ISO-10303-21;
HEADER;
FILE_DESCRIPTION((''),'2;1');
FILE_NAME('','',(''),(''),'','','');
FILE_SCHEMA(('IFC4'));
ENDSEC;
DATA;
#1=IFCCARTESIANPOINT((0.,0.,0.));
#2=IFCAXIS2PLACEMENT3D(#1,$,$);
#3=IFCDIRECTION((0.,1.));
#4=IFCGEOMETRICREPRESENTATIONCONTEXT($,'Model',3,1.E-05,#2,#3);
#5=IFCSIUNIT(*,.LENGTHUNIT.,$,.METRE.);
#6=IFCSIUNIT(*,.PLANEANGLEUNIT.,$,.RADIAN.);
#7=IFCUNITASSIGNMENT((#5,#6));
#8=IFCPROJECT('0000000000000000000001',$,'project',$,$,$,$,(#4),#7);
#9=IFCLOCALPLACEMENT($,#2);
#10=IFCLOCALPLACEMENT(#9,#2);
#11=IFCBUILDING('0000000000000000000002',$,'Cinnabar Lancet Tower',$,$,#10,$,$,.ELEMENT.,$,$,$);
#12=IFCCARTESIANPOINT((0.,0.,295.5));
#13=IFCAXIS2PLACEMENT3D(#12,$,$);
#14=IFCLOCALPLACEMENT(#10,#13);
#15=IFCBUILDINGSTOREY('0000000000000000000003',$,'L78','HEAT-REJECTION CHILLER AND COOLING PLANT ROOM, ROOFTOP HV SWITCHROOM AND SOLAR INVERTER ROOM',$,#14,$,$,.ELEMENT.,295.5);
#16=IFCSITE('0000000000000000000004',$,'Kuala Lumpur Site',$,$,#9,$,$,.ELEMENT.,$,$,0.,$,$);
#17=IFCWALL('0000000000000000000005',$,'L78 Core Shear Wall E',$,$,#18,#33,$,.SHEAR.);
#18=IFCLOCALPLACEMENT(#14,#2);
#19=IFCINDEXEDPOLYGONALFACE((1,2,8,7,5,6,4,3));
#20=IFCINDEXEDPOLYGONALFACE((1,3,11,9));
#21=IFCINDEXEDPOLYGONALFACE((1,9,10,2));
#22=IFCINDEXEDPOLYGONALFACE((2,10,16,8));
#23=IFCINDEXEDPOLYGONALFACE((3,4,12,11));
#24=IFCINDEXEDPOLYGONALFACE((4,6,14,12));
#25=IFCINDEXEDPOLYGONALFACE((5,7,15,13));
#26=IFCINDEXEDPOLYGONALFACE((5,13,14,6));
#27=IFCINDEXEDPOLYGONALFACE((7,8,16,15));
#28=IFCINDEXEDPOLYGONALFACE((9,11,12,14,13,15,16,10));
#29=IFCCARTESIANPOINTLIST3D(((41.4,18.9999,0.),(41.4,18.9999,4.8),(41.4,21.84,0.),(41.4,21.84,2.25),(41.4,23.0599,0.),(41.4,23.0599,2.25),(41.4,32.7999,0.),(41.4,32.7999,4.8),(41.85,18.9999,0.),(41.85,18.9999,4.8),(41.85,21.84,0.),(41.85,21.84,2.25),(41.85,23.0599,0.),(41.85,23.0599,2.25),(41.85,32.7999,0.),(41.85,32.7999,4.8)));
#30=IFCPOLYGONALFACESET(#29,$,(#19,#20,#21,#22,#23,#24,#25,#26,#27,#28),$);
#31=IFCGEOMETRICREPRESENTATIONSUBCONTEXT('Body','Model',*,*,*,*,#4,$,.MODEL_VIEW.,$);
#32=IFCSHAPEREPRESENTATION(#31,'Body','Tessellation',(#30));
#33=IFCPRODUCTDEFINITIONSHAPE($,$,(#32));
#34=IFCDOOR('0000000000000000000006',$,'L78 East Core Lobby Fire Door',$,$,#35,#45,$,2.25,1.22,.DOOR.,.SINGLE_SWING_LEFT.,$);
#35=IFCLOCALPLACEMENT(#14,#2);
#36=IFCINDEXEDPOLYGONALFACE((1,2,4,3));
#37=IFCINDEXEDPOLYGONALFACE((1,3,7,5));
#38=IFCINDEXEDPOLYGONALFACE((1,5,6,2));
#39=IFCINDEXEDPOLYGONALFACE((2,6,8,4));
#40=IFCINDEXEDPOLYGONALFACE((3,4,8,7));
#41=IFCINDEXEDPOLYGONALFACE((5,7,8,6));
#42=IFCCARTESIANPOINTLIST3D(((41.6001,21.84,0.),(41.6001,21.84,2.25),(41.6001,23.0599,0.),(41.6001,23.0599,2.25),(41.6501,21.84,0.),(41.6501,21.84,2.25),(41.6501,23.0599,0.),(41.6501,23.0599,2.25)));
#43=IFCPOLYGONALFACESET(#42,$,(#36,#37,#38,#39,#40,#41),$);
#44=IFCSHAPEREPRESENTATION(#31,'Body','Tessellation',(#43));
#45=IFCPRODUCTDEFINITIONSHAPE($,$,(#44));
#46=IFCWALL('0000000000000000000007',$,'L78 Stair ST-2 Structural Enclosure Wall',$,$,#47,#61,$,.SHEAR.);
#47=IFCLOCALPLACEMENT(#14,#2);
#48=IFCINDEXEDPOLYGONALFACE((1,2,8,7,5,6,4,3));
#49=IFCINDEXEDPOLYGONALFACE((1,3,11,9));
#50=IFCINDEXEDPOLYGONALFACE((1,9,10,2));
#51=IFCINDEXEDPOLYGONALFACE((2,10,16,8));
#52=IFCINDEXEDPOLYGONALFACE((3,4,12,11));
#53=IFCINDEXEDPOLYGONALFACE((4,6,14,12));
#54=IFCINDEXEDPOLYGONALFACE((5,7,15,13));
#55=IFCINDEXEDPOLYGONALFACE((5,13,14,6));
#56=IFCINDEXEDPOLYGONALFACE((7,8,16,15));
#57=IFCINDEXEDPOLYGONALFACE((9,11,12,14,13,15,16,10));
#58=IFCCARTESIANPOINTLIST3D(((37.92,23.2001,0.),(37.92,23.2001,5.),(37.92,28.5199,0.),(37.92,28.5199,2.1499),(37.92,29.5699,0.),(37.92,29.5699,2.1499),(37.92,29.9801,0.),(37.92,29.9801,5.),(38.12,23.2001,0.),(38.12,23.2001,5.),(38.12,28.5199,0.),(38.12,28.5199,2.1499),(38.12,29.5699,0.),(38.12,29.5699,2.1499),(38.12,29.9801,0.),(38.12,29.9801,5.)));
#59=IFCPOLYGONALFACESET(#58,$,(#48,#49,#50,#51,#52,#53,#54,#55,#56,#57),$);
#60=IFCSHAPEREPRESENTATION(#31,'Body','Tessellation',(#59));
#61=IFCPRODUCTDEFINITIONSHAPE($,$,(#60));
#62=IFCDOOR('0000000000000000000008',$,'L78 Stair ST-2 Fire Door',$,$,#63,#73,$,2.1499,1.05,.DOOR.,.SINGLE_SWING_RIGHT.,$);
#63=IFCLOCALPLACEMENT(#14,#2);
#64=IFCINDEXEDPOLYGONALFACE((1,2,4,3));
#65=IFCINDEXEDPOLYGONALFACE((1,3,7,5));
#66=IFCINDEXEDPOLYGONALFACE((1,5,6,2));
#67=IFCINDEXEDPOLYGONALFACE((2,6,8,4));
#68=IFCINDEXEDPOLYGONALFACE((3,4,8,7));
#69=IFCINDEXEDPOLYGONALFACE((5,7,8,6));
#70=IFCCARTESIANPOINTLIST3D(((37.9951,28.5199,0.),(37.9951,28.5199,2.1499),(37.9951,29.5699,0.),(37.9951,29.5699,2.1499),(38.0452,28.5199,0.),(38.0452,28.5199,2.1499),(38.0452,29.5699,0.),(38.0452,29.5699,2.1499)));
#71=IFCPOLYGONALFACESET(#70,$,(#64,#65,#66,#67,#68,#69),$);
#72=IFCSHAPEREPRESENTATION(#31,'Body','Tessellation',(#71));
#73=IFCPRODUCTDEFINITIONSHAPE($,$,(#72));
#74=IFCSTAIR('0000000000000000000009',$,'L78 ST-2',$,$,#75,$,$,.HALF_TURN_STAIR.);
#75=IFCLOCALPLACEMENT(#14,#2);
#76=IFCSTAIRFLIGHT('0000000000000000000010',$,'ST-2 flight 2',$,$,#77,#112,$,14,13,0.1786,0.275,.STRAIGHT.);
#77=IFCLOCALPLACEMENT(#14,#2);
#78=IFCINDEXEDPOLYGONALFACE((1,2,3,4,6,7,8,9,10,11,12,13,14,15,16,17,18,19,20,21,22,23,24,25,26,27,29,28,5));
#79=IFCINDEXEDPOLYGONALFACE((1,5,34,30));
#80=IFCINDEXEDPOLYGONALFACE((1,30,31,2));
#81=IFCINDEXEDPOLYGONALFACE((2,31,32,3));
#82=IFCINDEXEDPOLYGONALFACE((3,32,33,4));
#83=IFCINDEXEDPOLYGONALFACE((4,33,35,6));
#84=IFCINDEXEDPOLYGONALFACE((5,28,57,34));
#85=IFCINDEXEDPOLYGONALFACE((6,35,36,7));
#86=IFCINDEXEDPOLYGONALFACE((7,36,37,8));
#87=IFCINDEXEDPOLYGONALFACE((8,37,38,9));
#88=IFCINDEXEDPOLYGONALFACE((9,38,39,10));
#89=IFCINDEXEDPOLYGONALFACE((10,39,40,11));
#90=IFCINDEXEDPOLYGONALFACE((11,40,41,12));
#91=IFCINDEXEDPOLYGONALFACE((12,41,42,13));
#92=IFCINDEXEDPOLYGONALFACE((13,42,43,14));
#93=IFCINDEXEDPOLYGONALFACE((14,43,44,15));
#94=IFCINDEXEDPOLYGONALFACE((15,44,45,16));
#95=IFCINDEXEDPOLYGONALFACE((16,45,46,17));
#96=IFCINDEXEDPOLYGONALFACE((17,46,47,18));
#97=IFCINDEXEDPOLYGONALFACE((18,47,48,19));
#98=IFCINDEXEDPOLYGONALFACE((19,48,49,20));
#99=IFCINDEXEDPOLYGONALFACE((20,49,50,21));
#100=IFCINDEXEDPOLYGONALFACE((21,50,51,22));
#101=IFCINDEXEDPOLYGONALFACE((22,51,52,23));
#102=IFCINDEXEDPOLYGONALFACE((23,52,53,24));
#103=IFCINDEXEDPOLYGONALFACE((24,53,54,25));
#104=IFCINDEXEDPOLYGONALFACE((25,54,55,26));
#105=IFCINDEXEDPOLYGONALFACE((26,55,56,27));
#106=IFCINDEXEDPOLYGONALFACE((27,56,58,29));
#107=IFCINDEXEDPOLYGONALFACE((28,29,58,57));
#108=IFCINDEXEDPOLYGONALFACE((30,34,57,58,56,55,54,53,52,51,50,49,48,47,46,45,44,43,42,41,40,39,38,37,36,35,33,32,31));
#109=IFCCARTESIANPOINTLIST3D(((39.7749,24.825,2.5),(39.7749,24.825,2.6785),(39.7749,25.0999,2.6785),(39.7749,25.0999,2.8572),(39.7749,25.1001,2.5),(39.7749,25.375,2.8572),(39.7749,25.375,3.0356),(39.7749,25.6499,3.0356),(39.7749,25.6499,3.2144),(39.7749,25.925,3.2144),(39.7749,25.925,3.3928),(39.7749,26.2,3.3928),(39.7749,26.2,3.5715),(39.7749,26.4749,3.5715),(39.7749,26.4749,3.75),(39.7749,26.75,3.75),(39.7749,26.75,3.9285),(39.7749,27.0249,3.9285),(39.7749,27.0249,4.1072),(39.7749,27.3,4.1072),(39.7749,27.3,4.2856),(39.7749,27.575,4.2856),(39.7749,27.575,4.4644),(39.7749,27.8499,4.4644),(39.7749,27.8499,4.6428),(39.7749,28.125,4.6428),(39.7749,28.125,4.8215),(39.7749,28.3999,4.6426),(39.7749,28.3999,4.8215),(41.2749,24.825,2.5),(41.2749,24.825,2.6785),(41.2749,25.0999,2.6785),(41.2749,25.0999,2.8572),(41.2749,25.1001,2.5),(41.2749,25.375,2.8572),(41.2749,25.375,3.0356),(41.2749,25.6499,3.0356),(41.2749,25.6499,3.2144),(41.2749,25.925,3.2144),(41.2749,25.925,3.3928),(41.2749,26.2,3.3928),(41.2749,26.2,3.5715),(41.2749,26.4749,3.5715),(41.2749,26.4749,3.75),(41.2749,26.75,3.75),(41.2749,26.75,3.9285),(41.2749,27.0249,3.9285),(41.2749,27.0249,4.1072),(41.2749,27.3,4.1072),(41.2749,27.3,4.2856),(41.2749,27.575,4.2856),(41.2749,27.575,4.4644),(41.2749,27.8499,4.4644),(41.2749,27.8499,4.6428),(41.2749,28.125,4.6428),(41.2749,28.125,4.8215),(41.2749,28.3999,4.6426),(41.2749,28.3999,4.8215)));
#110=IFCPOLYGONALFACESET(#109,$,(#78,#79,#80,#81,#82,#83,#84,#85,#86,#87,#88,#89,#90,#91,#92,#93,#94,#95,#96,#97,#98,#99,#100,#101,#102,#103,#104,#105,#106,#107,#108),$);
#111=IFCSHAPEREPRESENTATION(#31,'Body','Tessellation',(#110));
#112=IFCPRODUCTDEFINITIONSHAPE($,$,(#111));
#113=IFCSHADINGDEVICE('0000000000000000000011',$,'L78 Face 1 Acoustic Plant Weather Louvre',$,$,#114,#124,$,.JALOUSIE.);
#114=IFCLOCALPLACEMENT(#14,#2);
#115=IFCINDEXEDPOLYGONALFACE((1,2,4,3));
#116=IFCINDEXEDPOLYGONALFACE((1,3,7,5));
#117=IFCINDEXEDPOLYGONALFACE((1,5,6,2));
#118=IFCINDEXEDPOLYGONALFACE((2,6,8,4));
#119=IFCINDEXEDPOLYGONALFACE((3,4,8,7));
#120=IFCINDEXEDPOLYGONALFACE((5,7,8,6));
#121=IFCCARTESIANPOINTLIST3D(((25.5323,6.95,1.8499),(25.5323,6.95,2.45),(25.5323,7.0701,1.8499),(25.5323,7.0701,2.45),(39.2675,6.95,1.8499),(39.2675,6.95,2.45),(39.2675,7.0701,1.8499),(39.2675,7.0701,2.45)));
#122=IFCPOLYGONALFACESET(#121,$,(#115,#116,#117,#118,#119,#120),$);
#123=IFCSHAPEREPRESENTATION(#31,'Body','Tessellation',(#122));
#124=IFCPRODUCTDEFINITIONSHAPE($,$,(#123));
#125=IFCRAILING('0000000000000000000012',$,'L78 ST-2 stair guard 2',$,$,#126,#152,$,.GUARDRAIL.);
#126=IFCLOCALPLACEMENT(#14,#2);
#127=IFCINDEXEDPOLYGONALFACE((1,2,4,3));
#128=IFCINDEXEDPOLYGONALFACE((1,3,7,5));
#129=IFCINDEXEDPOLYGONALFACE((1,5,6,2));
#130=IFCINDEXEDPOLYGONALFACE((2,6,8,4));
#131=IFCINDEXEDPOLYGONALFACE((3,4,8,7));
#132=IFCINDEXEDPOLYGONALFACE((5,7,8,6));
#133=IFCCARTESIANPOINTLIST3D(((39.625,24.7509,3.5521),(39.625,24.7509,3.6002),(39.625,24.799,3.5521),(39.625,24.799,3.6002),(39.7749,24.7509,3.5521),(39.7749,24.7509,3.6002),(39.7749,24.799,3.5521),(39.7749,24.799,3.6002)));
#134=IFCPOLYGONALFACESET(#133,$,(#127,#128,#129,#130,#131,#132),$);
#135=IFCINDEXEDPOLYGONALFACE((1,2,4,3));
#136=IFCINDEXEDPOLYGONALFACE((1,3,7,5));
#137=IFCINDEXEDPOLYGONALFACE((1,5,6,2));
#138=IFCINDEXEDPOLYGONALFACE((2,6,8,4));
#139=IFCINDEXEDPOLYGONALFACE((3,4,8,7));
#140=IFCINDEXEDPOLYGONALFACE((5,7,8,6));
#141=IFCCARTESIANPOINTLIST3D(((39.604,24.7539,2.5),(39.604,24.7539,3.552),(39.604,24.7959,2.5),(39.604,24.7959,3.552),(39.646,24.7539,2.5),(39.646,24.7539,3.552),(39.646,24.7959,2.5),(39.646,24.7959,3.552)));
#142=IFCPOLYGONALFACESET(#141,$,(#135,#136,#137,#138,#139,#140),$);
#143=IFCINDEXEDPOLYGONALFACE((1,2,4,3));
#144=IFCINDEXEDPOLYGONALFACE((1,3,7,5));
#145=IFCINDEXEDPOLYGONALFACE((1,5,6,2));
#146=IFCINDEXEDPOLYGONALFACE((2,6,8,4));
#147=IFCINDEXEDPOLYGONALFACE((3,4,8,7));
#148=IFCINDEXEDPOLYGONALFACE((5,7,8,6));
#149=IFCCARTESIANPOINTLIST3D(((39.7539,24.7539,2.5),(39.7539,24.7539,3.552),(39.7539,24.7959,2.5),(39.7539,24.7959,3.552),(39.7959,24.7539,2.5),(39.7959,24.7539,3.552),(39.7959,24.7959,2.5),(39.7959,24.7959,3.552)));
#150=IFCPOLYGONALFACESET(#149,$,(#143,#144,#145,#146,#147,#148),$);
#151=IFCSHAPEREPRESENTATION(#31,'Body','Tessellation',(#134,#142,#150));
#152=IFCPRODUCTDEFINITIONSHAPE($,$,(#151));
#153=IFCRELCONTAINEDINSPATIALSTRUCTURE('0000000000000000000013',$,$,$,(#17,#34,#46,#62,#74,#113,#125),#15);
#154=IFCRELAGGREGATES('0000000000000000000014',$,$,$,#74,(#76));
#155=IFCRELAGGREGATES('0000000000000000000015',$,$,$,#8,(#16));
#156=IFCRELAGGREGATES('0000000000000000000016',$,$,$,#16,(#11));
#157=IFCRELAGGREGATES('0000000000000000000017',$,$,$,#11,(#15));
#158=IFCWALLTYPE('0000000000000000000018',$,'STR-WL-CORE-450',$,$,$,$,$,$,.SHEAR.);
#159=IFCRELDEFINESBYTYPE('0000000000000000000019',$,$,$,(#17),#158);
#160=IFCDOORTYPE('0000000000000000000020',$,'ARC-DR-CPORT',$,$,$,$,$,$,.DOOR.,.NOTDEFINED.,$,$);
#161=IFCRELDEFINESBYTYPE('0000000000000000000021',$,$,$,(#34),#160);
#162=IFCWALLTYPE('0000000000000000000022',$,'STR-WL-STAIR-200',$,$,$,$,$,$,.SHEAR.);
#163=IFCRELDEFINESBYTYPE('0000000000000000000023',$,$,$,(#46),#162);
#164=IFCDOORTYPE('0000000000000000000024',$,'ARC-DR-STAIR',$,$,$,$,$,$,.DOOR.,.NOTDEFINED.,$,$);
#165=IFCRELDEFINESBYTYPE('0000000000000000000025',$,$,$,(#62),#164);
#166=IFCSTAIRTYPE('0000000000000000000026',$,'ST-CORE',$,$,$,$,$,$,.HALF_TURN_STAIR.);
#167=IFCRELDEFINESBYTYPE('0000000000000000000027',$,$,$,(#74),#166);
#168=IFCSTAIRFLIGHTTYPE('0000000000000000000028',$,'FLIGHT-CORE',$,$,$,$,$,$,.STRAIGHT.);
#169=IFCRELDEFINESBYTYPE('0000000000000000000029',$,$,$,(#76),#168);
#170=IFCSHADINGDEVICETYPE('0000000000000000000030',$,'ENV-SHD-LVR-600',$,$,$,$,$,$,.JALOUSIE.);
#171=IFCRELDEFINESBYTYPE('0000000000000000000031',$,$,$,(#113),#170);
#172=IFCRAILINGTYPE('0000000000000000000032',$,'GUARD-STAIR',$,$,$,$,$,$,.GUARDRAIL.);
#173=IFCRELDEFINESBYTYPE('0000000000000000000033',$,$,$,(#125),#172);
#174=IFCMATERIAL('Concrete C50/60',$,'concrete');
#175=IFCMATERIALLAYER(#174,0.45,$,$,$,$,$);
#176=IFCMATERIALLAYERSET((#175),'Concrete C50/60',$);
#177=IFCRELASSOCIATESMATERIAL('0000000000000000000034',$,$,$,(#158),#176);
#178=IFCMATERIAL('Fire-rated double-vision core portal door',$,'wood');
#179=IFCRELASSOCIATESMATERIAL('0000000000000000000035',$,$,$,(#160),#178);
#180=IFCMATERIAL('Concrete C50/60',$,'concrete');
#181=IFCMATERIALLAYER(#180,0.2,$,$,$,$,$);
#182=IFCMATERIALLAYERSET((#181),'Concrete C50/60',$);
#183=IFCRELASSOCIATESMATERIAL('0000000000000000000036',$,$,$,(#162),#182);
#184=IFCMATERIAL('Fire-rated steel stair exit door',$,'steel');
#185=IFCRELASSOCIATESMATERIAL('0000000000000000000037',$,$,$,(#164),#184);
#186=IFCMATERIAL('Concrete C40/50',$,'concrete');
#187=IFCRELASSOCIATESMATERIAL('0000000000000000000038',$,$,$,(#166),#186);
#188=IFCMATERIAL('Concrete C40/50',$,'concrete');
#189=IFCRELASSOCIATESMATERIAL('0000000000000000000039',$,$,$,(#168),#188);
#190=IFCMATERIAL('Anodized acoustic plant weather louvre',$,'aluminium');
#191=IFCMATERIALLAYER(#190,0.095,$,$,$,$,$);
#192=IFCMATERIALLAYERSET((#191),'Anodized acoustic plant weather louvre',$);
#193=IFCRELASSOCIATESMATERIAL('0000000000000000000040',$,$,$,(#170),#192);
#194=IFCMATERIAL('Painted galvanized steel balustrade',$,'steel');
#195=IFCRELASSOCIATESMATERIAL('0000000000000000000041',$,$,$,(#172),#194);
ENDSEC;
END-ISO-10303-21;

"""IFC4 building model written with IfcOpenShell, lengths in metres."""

from ifc_helpers import new_model, si_unit, direction, frame, frame_2d, origin, origin_2d, place, context, subcontext, project, spatial, polyline, rectangle, outline, extrude, material, layer, layer_set, type_object, element, fill, aggregate, save


model = new_model("IFC4")

# Units and contexts
model_context = context("Model", 3, precision=1e-05, world=origin(), true_north=direction((0.0, 1.0)))
body_context = subcontext(model_context, "Body", "Model", "MODEL_VIEW")
ifc_project = project(units=[si_unit("LENGTHUNIT", "METRE"), si_unit("PLANEANGLEUNIT", "RADIAN")], contexts=[model_context])

# Site, building, storey
site_placement = place(None, origin())
site = spatial("IfcSite", under=ifc_project, at=site_placement, Name="Kuala Lumpur Site", CompositionType="ELEMENT", RefElevation=0.0)
building_placement = place(site_placement, origin())
building = spatial("IfcBuilding", under=site, at=building_placement, Name="Cinnabar Lancet Tower", CompositionType="ELEMENT")
storey_placement = place(building_placement, frame((0.0, 0.0, 295.5)))
storey = spatial("IfcBuildingStorey", under=building, at=storey_placement, Name="L78", Description="HEAT-REJECTION CHILLER AND COOLING PLANT ROOM, ROOFTOP HV SWITCHROOM AND SOLAR INVERTER ROOM", CompositionType="ELEMENT", Elevation=295.5)

# Walls, openings, doors
ifc_material_1 = material(Name="Concrete C50/60", Category="concrete")
ifc_layer_1 = layer(ifc_material_1, 0.45)
ifc_layer_set_1 = layer_set([ifc_layer_1], Name="Concrete C50/60")
wall_type_1 = type_object("IfcWallType", Name="STR-WL-CORE-450", PredefinedType="SHEAR", material=ifc_layer_set_1)
wall_1_placement = place(storey_placement, frame((41.625, 19.0, 0.0), z_axis=(0.0, 0.0, 1.0), x_axis=(0.0, 1.0, 0.0)))
wall_1 = element("IfcWall", 1, at=wall_1_placement, inside=storey, type_object=wall_type_1, Name="L78 Core Shear Wall E", PredefinedType="SHEAR", context=body_context, shape_type="SweptSolid", body=[
    extrude(rectangle(XDim=13.8, YDim=0.45, at=frame_2d((6.8999, 0.0))), origin(), (0.0, 0.0, 1.0), 4.8),
])
opening_1_placement = place(wall_1_placement, frame((2.8401, 0.0, 0.0)))
opening_1 = element("IfcOpeningElement", 2, at=opening_1_placement, cuts=wall_1, PredefinedType="OPENING", context=body_context, shape_type="SweptSolid", body=[
    extrude(rectangle(XDim=1.22, YDim=2.25, at=frame_2d((0.6099, 1.125))), frame((0.0, 0.2349, 0.0), z_axis=(0.0, -1.0, 0.0), x_axis=(1.0, 0.0, 0.0)), (0.0, 0.0, 1.0), 0.47),
])
ifc_material_2 = material(Name="Fire-rated double-vision core portal door", Category="wood")
door_type_1 = type_object("IfcDoorType", Name="ARC-DR-CPORT", OperationType="NOTDEFINED", PredefinedType="DOOR", material=ifc_material_2)
door_1_placement = place(opening_1_placement, origin())
door_1 = element("IfcDoor", 3, at=door_1_placement, inside=storey, type_object=door_type_1, Name="L78 East Core Lobby Fire Door", OperationType="SINGLE_SWING_LEFT", OverallHeight=2.25, OverallWidth=1.22, PredefinedType="DOOR", context=body_context, shape_type="SweptSolid", body=[
    extrude(rectangle(XDim=1.22, YDim=2.25, at=frame_2d((0.6099, 1.125))), frame((0.0, 0.0249, 0.0), z_axis=(0.0, -1.0, 0.0), x_axis=(1.0, 0.0, 0.0)), (0.0, 0.0, 1.0), 0.05),
])
fill(opening_1, door_1)
ifc_material_3 = material(Name="Concrete C50/60", Category="concrete")
ifc_layer_2 = layer(ifc_material_3, 0.2)
ifc_layer_set_2 = layer_set([ifc_layer_2], Name="Concrete C50/60")
wall_type_2 = type_object("IfcWallType", Name="STR-WL-STAIR-200", PredefinedType="SHEAR", material=ifc_layer_set_2)
wall_2_placement = place(storey_placement, frame((38.02, 23.2, 0.0), z_axis=(0.0, 0.0, 1.0), x_axis=(0.0, 1.0, 0.0)))
wall_2 = element("IfcWall", 4, at=wall_2_placement, inside=storey, type_object=wall_type_2, Name="L78 Stair ST-2 Structural Enclosure Wall", PredefinedType="SHEAR", context=body_context, shape_type="SweptSolid", body=[
    extrude(rectangle(XDim=6.78, YDim=0.2, at=frame_2d((3.3901, 0.0))), origin(), (0.0, 0.0, 1.0), 5.0),
])
opening_2_placement = place(wall_2_placement, frame((5.3201, 0.0, 0.0)))
opening_2 = element("IfcOpeningElement", 5, at=opening_2_placement, cuts=wall_2, PredefinedType="OPENING", context=body_context, shape_type="SweptSolid", body=[
    extrude(rectangle(XDim=1.05, YDim=2.1499, at=frame_2d((0.5249, 1.075))), frame((0.0, 0.1099, 0.0), z_axis=(0.0, -1.0, 0.0), x_axis=(1.0, 0.0, 0.0)), (0.0, 0.0, 1.0), 0.22),
])
ifc_material_4 = material(Name="Fire-rated steel stair exit door", Category="steel")
door_type_2 = type_object("IfcDoorType", Name="ARC-DR-STAIR", OperationType="NOTDEFINED", PredefinedType="DOOR", material=ifc_material_4)
door_2_placement = place(opening_2_placement, origin())
door_2 = element("IfcDoor", 6, at=door_2_placement, inside=storey, type_object=door_type_2, Name="L78 Stair ST-2 Fire Door", OperationType="SINGLE_SWING_RIGHT", OverallHeight=2.1499, OverallWidth=1.05, PredefinedType="DOOR", context=body_context, shape_type="SweptSolid", body=[
    extrude(rectangle(XDim=1.05, YDim=2.1499, at=frame_2d((0.5249, 1.075))), frame((0.0, 0.0249, 0.0), z_axis=(0.0, -1.0, 0.0), x_axis=(1.0, 0.0, 0.0)), (0.0, 0.0, 1.0), 0.05),
])
fill(opening_2, door_2)

# Stair, stair flight
ifc_material_5 = material(Name="Concrete C40/50", Category="concrete")
stair_type = type_object("IfcStairType", Name="ST-CORE", PredefinedType="HALF_TURN_STAIR", material=ifc_material_5)
stair_placement = place(storey_placement, origin())
stair = element("IfcStair", 7, at=stair_placement, inside=storey, type_object=stair_type, Name="L78 ST-2", PredefinedType="HALF_TURN_STAIR")
ifc_material_6 = material(Name="Concrete C40/50", Category="concrete")
stair_flight_type = type_object("IfcStairFlightType", Name="FLIGHT-CORE", PredefinedType="STRAIGHT", material=ifc_material_6)
stair_flight_placement = place(storey_placement, frame((40.5249, 24.825, 2.5), z_axis=(0.0, 0.0, 1.0), x_axis=(0.0, 1.0, 0.0)))
stair_flight = element("IfcStairFlight", 8, at=stair_flight_placement, type_object=stair_flight_type, Name="ST-2 flight 2", NumberOfRisers=14, NumberOfTreads=13, PredefinedType="STRAIGHT", RiserHeight=0.1786, TreadLength=0.275, context=body_context, shape_type="SweptSolid", body=[
    extrude(outline(polyline([(0.0, 0.0), (0.0, 0.1785), (0.2749, 0.1785), (0.2749, 0.3572), (0.55, 0.3572), (0.55, 0.5356), (0.825, 0.5356), (0.825, 0.7144), (1.1001, 0.7144), (1.1001, 0.8928), (1.375, 0.8928), (1.375, 1.0715), (1.6499, 1.0715), (1.6499, 1.25), (1.925, 1.25), (1.925, 1.4285), (2.2, 1.4285), (2.2, 1.6072), (2.4751, 1.6072), (2.4751, 1.7856), (2.75, 1.7856), (2.75, 1.9644), (3.0249, 1.9644), (3.0249, 2.1428), (3.3, 2.1428), (3.3, 2.3215), (3.575, 2.3215), (3.575, 2.5), (3.575, 2.1426), (0.2751, 0.0), (0.0, 0.0)])), frame((0.0, 0.75, 0.0), z_axis=(0.0, -1.0, 0.0), x_axis=(1.0, 0.0, 0.0)), (0.0, 0.0, 1.0), 1.5),
])
aggregate(stair, [stair_flight])

# Shading device
ifc_material_7 = material(Name="Anodized acoustic plant weather louvre", Category="aluminium")
ifc_layer_3 = layer(ifc_material_7, 0.095)
ifc_layer_set_3 = layer_set([ifc_layer_3], Name="Anodized acoustic plant weather louvre")
shading_device_type = type_object("IfcShadingDeviceType", Name="ENV-SHD-LVR-600", PredefinedType="JALOUSIE", material=ifc_layer_set_3)
shading_device_placement = place(storey_placement, frame((32.3999, 7.01, 1.8499), z_axis=(0.0, 0.0, 1.0), x_axis=(1.0, 0.0, 0.0)))
element("IfcShadingDevice", 9, at=shading_device_placement, inside=storey, type_object=shading_device_type, Name="L78 Face 1 Acoustic Plant Weather Louvre", PredefinedType="JALOUSIE", context=body_context, shape_type="SweptSolid", body=[
    extrude(rectangle(XDim=13.7351, YDim=0.1201, at=origin_2d()), origin(), (0.0, 0.0, 1.0), 0.6001),
])

# Railing
ifc_material_8 = material(Name="Painted galvanized steel balustrade", Category="steel")
railing_type = type_object("IfcRailingType", Name="GUARD-STAIR", PredefinedType="GUARDRAIL", material=ifc_material_8)
railing_1_placement = place(storey_placement, frame((39.625, 24.7749, 2.5)))
element("IfcRailing", 10, at=railing_1_placement, inside=storey, type_object=railing_type, Name="L78 ST-2 stair guard 2", PredefinedType="GUARDRAIL", context=body_context, shape_type="SweptSolid", body=[
    extrude(rectangle(XDim=0.0481, YDim=0.0481, at=origin_2d()), frame((0.0, 0.0, 1.0762), z_axis=(1.0, 0.0, 0.0), x_axis=(0.0, 1.0, 0.0)), (0.0, 0.0, 1.0), 0.1499),
    extrude(rectangle(XDim=0.042, YDim=0.042, at=origin_2d()), origin(), (0.0, 0.0, 1.0), 1.052),
    extrude(rectangle(XDim=0.042, YDim=0.042, at=origin_2d()), frame((0.1499, 0.0, 0.0)), (0.0, 0.0, 1.0), 1.052),
])

save(model, "model.ifc")
